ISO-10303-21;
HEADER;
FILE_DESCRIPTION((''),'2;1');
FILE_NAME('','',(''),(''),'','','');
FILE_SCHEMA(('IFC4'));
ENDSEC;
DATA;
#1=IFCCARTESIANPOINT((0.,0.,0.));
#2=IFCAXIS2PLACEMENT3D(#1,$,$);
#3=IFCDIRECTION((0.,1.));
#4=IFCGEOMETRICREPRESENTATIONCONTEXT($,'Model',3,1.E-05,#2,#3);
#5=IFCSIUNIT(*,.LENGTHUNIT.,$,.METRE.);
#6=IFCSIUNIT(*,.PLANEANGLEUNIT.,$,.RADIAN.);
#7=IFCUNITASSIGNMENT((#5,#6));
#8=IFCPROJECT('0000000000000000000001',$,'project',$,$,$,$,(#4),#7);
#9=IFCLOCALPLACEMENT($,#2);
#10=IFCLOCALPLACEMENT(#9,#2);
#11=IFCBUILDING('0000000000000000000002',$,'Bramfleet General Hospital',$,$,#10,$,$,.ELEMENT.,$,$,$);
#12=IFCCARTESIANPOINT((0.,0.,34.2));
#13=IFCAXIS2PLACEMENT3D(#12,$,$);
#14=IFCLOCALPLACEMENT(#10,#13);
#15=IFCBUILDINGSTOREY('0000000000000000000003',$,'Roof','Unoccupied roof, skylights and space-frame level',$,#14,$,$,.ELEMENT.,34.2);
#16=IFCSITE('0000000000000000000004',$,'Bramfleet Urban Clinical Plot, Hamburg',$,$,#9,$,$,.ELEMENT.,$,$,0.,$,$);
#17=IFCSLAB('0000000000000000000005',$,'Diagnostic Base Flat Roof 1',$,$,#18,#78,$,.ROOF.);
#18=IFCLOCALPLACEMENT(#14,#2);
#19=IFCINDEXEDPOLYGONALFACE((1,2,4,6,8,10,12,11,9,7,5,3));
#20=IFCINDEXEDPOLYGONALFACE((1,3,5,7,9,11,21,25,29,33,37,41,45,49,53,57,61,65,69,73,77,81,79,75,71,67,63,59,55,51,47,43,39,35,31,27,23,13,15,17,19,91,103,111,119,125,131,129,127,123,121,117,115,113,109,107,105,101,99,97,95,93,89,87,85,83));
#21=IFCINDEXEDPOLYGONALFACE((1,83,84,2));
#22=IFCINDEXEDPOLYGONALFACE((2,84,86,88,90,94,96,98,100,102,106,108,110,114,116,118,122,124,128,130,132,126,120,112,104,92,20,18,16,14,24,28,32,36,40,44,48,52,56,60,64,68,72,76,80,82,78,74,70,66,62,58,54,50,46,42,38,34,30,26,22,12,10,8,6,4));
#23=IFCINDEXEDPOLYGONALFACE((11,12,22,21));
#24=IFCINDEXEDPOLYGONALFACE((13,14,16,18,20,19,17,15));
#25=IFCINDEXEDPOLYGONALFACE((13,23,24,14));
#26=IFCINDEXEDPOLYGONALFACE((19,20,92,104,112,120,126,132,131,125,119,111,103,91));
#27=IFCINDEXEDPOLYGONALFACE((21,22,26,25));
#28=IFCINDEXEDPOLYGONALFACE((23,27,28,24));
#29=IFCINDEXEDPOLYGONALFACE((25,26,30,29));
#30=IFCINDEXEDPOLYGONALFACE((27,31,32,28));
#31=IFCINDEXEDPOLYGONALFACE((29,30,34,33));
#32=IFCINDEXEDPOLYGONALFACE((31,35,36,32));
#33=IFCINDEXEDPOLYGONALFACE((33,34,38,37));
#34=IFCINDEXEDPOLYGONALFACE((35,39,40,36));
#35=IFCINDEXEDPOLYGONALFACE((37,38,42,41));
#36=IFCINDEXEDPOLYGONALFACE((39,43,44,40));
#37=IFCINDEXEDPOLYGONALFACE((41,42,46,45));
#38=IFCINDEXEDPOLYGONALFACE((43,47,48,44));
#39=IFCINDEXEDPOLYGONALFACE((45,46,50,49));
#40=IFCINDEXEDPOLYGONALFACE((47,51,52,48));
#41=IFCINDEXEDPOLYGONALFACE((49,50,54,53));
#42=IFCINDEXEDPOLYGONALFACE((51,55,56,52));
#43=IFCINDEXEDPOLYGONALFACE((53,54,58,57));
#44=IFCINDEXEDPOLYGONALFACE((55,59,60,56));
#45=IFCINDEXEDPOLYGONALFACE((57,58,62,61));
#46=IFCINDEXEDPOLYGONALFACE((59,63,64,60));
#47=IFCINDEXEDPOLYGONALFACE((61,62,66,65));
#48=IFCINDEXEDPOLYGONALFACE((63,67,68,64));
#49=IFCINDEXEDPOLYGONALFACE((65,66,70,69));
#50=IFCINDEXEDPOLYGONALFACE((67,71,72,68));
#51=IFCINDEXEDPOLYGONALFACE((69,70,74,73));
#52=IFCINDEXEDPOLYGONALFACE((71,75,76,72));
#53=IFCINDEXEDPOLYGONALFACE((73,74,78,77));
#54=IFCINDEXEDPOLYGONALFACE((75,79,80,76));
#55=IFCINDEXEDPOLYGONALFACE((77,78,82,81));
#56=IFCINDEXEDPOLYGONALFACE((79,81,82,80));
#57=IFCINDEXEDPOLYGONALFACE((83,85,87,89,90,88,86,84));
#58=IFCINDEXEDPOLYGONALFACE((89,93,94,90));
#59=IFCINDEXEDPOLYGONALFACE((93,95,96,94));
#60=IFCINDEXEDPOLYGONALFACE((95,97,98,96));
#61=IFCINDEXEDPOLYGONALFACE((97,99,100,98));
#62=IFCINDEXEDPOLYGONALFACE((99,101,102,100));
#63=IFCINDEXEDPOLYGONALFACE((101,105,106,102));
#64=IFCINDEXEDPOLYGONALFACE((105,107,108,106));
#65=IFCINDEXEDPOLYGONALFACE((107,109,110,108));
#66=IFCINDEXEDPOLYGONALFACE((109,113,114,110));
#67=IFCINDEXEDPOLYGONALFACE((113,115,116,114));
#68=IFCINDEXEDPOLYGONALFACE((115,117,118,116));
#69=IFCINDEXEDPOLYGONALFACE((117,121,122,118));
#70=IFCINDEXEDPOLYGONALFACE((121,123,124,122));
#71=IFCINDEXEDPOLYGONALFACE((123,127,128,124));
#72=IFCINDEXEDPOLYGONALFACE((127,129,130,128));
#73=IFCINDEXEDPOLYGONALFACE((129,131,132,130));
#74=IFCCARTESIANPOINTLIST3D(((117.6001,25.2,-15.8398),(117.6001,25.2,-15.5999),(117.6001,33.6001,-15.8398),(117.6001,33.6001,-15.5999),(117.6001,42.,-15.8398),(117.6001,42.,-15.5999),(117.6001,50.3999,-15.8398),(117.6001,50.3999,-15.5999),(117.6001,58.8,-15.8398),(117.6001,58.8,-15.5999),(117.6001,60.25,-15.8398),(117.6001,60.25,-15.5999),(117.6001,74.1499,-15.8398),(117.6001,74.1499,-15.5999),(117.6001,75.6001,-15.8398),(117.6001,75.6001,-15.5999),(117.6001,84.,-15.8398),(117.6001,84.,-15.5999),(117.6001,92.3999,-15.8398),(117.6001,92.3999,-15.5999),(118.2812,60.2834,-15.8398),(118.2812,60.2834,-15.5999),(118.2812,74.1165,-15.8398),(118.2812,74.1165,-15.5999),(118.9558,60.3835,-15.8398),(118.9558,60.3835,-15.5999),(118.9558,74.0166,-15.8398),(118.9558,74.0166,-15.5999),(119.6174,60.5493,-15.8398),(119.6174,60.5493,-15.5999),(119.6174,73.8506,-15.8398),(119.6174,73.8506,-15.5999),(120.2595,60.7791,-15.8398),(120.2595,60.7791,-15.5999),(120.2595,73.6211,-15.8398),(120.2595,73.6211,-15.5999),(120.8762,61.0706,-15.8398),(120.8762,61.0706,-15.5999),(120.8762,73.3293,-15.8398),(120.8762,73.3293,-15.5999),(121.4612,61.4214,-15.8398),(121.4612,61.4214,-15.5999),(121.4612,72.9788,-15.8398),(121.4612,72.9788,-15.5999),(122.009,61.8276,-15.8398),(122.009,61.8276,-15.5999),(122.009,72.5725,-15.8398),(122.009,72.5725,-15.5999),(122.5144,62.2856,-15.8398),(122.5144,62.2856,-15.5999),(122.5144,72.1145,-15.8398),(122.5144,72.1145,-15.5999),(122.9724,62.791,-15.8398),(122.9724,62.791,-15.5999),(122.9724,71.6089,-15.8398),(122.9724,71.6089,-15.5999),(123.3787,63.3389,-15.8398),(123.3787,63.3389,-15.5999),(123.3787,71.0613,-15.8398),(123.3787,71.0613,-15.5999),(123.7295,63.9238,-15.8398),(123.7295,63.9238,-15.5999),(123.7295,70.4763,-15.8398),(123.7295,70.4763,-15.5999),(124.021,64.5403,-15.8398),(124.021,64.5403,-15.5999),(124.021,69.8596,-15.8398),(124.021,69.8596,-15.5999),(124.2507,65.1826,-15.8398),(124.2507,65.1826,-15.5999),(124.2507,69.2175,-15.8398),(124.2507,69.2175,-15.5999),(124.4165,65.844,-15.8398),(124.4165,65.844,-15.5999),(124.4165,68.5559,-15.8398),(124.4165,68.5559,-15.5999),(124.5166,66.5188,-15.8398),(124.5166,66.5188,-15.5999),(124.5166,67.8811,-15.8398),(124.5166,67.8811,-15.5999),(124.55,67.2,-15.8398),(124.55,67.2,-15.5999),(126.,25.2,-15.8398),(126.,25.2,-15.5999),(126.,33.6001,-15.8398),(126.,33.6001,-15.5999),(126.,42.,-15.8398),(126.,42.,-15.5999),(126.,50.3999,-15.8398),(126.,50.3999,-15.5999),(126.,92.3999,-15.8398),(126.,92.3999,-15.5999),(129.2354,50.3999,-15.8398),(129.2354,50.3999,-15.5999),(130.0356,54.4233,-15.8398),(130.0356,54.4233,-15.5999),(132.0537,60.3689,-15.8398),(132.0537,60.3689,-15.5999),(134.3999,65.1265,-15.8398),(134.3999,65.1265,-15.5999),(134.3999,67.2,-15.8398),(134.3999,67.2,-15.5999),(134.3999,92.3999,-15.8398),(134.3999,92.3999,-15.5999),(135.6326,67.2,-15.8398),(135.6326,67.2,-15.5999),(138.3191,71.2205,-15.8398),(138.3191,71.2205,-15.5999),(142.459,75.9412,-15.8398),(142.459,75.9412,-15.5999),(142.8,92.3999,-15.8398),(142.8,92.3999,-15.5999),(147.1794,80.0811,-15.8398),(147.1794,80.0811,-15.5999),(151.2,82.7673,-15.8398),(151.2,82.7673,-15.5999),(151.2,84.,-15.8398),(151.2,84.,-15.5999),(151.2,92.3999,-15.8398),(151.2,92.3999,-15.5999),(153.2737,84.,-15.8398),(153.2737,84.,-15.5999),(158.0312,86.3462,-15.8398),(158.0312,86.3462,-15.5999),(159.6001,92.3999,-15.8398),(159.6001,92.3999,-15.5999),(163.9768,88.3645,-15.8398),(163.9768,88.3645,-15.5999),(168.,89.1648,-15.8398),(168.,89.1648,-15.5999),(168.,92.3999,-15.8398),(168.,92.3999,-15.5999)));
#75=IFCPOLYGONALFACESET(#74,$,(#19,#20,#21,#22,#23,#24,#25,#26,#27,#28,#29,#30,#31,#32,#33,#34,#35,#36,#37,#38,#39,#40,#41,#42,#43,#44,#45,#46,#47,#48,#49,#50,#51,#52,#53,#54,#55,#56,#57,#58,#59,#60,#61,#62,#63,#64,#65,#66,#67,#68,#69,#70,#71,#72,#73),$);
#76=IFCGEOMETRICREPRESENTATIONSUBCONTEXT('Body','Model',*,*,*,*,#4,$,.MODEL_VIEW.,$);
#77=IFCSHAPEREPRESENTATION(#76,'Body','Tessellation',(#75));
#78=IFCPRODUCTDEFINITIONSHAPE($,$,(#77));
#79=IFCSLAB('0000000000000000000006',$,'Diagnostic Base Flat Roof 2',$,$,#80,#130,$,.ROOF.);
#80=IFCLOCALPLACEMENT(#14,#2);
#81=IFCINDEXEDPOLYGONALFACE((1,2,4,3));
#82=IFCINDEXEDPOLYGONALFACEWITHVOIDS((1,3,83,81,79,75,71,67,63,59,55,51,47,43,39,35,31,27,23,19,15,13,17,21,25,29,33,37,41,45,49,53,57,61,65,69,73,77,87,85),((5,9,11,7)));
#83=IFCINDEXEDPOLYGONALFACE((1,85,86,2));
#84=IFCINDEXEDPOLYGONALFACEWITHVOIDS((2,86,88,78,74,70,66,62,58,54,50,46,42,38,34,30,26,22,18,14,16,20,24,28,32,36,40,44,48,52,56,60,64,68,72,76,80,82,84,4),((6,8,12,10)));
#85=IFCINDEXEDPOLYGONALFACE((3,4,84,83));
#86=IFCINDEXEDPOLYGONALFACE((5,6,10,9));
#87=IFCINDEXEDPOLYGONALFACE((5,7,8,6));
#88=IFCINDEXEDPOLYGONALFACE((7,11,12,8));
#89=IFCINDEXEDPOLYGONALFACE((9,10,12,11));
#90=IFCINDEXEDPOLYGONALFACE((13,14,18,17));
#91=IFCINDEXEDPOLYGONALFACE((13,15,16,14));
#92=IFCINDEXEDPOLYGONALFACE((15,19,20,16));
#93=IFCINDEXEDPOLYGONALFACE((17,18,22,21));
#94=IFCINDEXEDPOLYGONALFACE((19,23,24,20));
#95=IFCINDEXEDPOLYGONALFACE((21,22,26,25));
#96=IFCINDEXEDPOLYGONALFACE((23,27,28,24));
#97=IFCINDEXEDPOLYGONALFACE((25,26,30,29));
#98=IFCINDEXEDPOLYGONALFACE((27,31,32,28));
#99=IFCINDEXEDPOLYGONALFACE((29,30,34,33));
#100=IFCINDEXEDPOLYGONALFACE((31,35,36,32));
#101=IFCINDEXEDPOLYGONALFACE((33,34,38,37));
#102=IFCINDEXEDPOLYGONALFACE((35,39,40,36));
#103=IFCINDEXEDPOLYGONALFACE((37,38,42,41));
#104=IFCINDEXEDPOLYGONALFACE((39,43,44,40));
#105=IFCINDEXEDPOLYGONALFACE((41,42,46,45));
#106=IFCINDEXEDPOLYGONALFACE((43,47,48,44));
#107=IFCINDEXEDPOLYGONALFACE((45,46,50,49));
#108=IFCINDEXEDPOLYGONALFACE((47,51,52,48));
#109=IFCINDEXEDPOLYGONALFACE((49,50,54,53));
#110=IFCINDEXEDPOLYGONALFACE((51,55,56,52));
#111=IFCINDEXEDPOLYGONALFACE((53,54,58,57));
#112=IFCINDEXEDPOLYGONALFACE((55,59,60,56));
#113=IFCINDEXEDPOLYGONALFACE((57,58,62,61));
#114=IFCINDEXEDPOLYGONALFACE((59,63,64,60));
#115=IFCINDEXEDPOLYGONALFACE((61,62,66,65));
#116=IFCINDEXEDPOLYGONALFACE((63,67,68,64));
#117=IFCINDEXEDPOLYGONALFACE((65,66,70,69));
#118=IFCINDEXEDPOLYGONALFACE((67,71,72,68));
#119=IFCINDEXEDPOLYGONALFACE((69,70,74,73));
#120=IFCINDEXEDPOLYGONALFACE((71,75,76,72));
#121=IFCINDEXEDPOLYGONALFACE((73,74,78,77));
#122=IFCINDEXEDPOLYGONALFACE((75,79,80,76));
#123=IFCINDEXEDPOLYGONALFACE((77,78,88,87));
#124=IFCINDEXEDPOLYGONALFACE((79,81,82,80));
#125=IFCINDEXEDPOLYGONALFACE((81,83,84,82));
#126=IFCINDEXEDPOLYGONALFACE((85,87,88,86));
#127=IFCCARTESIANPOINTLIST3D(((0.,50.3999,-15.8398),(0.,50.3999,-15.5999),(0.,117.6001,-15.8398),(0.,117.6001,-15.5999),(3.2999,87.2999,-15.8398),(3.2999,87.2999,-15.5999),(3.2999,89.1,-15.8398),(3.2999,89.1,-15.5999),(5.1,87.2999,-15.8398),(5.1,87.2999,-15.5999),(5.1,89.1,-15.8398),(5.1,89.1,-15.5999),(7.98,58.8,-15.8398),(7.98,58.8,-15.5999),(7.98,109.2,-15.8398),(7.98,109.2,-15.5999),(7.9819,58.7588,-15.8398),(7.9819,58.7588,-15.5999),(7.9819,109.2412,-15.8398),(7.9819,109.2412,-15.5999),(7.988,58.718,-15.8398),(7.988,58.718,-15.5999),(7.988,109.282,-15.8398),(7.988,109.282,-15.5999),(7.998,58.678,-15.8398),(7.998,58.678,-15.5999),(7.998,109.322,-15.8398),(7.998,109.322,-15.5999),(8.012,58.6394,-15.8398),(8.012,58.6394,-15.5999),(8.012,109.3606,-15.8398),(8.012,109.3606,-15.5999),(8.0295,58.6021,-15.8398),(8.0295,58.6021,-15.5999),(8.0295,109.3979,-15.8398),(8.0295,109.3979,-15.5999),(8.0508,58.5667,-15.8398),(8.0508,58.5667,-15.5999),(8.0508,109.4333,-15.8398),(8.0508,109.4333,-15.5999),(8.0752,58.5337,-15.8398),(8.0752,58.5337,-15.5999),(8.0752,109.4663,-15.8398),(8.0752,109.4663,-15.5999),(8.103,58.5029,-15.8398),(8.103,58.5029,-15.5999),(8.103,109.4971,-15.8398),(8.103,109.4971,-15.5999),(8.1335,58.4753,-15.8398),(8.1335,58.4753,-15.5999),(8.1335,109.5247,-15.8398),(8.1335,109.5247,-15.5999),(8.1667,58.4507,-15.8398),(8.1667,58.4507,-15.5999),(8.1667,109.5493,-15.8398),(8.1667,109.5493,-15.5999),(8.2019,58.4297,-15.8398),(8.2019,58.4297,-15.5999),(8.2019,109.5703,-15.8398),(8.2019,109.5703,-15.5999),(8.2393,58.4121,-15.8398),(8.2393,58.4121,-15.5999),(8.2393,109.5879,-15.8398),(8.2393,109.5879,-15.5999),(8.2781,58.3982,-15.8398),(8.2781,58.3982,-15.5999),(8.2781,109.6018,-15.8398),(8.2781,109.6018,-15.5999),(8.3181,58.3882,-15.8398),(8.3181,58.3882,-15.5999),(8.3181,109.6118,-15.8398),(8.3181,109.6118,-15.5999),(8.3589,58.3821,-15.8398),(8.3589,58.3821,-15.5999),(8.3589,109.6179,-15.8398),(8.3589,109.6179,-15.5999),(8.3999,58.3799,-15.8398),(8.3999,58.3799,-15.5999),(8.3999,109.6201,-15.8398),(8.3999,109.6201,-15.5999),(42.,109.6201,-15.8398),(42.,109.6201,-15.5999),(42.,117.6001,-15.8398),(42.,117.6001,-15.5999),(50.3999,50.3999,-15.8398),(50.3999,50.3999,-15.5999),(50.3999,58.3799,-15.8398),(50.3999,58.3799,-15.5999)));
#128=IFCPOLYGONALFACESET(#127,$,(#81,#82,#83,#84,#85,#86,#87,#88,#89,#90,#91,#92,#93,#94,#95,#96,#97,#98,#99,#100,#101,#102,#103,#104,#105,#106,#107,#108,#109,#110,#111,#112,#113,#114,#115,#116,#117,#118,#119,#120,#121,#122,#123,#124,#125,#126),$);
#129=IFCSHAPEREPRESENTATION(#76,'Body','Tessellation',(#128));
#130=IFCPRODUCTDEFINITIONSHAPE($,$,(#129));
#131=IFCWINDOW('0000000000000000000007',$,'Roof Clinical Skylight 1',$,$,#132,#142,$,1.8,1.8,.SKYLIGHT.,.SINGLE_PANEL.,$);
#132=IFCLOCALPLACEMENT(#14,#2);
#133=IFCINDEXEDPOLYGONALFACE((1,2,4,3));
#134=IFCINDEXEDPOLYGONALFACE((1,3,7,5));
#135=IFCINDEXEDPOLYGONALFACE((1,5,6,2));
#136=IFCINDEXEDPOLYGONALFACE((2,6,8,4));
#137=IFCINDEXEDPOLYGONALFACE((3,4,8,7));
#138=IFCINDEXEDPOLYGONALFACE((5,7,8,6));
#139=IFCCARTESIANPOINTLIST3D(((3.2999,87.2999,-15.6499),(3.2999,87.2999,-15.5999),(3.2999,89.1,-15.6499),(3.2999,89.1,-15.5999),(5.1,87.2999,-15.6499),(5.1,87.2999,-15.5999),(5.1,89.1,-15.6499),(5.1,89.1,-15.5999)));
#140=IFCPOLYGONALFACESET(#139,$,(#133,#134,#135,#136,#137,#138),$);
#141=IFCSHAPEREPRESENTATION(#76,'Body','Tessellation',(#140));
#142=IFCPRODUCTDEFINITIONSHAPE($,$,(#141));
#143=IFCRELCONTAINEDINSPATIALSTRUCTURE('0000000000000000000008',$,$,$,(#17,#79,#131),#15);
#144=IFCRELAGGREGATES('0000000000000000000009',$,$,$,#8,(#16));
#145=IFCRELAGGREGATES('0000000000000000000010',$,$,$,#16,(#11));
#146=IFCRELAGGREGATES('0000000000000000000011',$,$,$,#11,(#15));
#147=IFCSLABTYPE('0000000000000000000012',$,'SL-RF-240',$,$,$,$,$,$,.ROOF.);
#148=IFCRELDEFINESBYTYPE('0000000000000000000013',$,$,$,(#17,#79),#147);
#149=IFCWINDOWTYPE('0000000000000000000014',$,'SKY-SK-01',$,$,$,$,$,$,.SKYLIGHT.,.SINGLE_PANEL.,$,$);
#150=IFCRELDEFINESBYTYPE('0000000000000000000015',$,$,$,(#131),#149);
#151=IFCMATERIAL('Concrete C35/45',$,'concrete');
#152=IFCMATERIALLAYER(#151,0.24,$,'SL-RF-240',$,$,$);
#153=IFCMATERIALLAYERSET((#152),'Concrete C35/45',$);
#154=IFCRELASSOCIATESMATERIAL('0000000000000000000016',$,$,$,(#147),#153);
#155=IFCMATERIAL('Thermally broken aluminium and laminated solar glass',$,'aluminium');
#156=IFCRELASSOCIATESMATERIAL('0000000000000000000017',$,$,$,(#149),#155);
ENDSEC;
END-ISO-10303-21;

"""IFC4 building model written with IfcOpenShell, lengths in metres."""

from ifc_helpers import new_model, si_unit, direction, frame, origin, origin_2d, place, context, subcontext, project, spatial, polyline, rectangle, outline, extrude, material, layer, layer_set, type_object, element, fill, save


model = new_model("IFC4")

# Units and contexts
model_context = context("Model", 3, precision=1e-05, world=origin(), true_north=direction((0.0, 1.0)))
body_context = subcontext(model_context, "Body", "Model", "MODEL_VIEW")
ifc_project = project(units=[si_unit("LENGTHUNIT", "METRE"), si_unit("PLANEANGLEUNIT", "RADIAN")], contexts=[model_context])

# Site, building, storey
site_placement = place(None, origin())
site = spatial("IfcSite", under=ifc_project, at=site_placement, Name="Bramfleet Urban Clinical Plot, Hamburg", CompositionType="ELEMENT", RefElevation=0.0)
building_placement = place(site_placement, origin())
building = spatial("IfcBuilding", under=site, at=building_placement, Name="Bramfleet General Hospital", CompositionType="ELEMENT")
storey_placement = place(building_placement, frame((0.0, 0.0, 34.2)))
storey = spatial("IfcBuildingStorey", under=building, at=storey_placement, Name="Roof", Description="Unoccupied roof, skylights and space-frame level", CompositionType="ELEMENT", Elevation=34.2)

# Shared definitions
ifc_material_1 = material(Name="Concrete C35/45", Category="concrete")
ifc_material_2 = material(Name="Thermally broken aluminium and laminated solar glass", Category="aluminium")

# Slab
ifc_layer_1 = layer(ifc_material_1, 0.24, Name="SL-RF-240")
ifc_layer_set_1 = layer_set([ifc_layer_1], Name="Concrete C35/45")
slab_type_1 = type_object("IfcSlabType", Name="SL-RF-240", PredefinedType="ROOF", material=ifc_layer_set_1)
slab_1_placement = place(storey_placement, frame((0.0, 0.0, -15.8398)))
element("IfcSlab", 1, at=slab_1_placement, inside=storey, type_object=slab_type_1, Name="Diagnostic Base Flat Roof 1", PredefinedType="ROOF", context=body_context, shape_type="SweptSolid", body=[
    extrude(outline(polyline([(147.1794, 80.0811), (142.459, 75.9412), (138.3191, 71.2205), (135.6326, 67.2), (134.3999, 67.2), (134.3999, 65.1265), (132.0537, 60.3689), (130.0356, 54.4233), (129.2354, 50.3999), (126.0, 50.3999), (126.0, 42.0), (126.0, 33.6001), (126.0, 25.2), (117.6001, 25.2), (117.6001, 33.6001), (117.6001, 42.0), (117.6001, 50.3999), (117.6001, 58.8), (117.6001, 60.25), (118.2812, 60.2834), (118.9558, 60.3835), (119.6174, 60.5493), (120.2595, 60.7791), (120.8762, 61.0706), (121.4612, 61.4214), (122.009, 61.8276), (122.5144, 62.2856), (122.9724, 62.791), (123.3787, 63.3389), (123.7295, 63.9238), (124.021, 64.5403), (124.2507, 65.1826), (124.4165, 65.844), (124.5166, 66.5188), (124.55, 67.2), (124.5166, 67.8811), (124.4165, 68.5559), (124.2507, 69.2175), (124.021, 69.8596), (123.7295, 70.4763), (123.3787, 71.0613), (122.9724, 71.6089), (122.5144, 72.1145), (122.009, 72.5725), (121.4612, 72.9788), (120.8762, 73.3293), (120.2595, 73.6211), (119.6174, 73.8506), (118.9558, 74.0166), (118.2812, 74.1165), (117.6001, 74.1499), (117.6001, 75.6001), (117.6001, 84.0), (117.6001, 92.3999), (126.0, 92.3999), (134.3999, 92.3999), (142.8, 92.3999), (151.2, 92.3999), (159.6001, 92.3999), (168.0, 92.3999), (168.0, 89.1648), (163.9768, 88.3645), (158.0312, 86.3462), (153.2737, 84.0), (151.2, 84.0), (151.2, 82.7673), (147.1794, 80.0811)])), origin(), (0.0, 0.0, 1.0), 0.24),
])

# Slab, opening, window
slab_2_placement = place(storey_placement, frame((0.0, 0.0, -15.8398)))
slab_2 = element("IfcSlab", 2, at=slab_2_placement, inside=storey, type_object=slab_type_1, Name="Diagnostic Base Flat Roof 2", PredefinedType="ROOF", context=body_context, shape_type="SweptSolid", body=[
    extrude(outline(polyline([(0.0, 109.2), (0.0, 117.6001), (8.3999, 117.6001), (16.8, 117.6001), (25.2, 117.6001), (33.6001, 117.6001), (42.0, 117.6001), (42.0, 109.6201), (8.3999, 109.6201), (8.3589, 109.6179), (8.3181, 109.6118), (8.2781, 109.6018), (8.2393, 109.5879), (8.2019, 109.5703), (8.1667, 109.5493), (8.1335, 109.5247), (8.103, 109.4971), (8.0752, 109.4663), (8.0508, 109.4333), (8.0295, 109.3979), (8.012, 109.3606), (7.998, 109.322), (7.988, 109.282), (7.9819, 109.2412), (7.98, 109.2), (7.98, 58.8), (7.9819, 58.7588), (7.988, 58.718), (7.998, 58.678), (8.012, 58.6394), (8.0295, 58.6021), (8.0508, 58.5667), (8.0752, 58.5337), (8.103, 58.5029), (8.1335, 58.4753), (8.1667, 58.4507), (8.2019, 58.4297), (8.2393, 58.4121), (8.2781, 58.3982), (8.3181, 58.3882), (8.3589, 58.3821), (8.3999, 58.3799), (50.3999, 58.3799), (50.3999, 50.3999), (42.0, 50.3999), (33.6001, 50.3999), (25.2, 50.3999), (16.8, 50.3999), (8.3999, 50.3999), (0.0, 50.3999), (0.0, 58.8), (0.0, 67.2), (0.0, 75.6001), (0.0, 84.0), (0.0, 92.3999), (0.0, 100.8), (0.0, 109.2)])), origin(), (0.0, 0.0, 1.0), 0.24),
])
opening_1_placement = place(slab_2_placement, frame((4.2, 88.2, -0.01)))
opening_1 = element("IfcOpeningElement", 3, at=opening_1_placement, cuts=slab_2, PredefinedType="OPENING", context=body_context, shape_type="SweptSolid", body=[
    extrude(rectangle(XDim=1.8, YDim=1.8, at=origin_2d()), origin(), (0.0, 0.0, 1.0), 0.26),
])
window_type_1 = type_object("IfcWindowType", Name="SKY-SK-01", PartitioningType="SINGLE_PANEL", PredefinedType="SKYLIGHT", material=ifc_material_2)
window_1_placement = place(slab_2_placement, frame((4.2, 88.2, 0.1899)))
window_1 = element("IfcWindow", 4, at=window_1_placement, inside=storey, type_object=window_type_1, Name="Roof Clinical Skylight 1", OverallHeight=1.8, OverallWidth=1.8, PartitioningType="SINGLE_PANEL", PredefinedType="SKYLIGHT", context=body_context, shape_type="SweptSolid", body=[
    extrude(rectangle(XDim=1.8, YDim=1.8, at=origin_2d()), origin(), (0.0, 0.0, 1.0), 0.05),
])
fill(opening_1, window_1)

save(model, "model.ifc")
